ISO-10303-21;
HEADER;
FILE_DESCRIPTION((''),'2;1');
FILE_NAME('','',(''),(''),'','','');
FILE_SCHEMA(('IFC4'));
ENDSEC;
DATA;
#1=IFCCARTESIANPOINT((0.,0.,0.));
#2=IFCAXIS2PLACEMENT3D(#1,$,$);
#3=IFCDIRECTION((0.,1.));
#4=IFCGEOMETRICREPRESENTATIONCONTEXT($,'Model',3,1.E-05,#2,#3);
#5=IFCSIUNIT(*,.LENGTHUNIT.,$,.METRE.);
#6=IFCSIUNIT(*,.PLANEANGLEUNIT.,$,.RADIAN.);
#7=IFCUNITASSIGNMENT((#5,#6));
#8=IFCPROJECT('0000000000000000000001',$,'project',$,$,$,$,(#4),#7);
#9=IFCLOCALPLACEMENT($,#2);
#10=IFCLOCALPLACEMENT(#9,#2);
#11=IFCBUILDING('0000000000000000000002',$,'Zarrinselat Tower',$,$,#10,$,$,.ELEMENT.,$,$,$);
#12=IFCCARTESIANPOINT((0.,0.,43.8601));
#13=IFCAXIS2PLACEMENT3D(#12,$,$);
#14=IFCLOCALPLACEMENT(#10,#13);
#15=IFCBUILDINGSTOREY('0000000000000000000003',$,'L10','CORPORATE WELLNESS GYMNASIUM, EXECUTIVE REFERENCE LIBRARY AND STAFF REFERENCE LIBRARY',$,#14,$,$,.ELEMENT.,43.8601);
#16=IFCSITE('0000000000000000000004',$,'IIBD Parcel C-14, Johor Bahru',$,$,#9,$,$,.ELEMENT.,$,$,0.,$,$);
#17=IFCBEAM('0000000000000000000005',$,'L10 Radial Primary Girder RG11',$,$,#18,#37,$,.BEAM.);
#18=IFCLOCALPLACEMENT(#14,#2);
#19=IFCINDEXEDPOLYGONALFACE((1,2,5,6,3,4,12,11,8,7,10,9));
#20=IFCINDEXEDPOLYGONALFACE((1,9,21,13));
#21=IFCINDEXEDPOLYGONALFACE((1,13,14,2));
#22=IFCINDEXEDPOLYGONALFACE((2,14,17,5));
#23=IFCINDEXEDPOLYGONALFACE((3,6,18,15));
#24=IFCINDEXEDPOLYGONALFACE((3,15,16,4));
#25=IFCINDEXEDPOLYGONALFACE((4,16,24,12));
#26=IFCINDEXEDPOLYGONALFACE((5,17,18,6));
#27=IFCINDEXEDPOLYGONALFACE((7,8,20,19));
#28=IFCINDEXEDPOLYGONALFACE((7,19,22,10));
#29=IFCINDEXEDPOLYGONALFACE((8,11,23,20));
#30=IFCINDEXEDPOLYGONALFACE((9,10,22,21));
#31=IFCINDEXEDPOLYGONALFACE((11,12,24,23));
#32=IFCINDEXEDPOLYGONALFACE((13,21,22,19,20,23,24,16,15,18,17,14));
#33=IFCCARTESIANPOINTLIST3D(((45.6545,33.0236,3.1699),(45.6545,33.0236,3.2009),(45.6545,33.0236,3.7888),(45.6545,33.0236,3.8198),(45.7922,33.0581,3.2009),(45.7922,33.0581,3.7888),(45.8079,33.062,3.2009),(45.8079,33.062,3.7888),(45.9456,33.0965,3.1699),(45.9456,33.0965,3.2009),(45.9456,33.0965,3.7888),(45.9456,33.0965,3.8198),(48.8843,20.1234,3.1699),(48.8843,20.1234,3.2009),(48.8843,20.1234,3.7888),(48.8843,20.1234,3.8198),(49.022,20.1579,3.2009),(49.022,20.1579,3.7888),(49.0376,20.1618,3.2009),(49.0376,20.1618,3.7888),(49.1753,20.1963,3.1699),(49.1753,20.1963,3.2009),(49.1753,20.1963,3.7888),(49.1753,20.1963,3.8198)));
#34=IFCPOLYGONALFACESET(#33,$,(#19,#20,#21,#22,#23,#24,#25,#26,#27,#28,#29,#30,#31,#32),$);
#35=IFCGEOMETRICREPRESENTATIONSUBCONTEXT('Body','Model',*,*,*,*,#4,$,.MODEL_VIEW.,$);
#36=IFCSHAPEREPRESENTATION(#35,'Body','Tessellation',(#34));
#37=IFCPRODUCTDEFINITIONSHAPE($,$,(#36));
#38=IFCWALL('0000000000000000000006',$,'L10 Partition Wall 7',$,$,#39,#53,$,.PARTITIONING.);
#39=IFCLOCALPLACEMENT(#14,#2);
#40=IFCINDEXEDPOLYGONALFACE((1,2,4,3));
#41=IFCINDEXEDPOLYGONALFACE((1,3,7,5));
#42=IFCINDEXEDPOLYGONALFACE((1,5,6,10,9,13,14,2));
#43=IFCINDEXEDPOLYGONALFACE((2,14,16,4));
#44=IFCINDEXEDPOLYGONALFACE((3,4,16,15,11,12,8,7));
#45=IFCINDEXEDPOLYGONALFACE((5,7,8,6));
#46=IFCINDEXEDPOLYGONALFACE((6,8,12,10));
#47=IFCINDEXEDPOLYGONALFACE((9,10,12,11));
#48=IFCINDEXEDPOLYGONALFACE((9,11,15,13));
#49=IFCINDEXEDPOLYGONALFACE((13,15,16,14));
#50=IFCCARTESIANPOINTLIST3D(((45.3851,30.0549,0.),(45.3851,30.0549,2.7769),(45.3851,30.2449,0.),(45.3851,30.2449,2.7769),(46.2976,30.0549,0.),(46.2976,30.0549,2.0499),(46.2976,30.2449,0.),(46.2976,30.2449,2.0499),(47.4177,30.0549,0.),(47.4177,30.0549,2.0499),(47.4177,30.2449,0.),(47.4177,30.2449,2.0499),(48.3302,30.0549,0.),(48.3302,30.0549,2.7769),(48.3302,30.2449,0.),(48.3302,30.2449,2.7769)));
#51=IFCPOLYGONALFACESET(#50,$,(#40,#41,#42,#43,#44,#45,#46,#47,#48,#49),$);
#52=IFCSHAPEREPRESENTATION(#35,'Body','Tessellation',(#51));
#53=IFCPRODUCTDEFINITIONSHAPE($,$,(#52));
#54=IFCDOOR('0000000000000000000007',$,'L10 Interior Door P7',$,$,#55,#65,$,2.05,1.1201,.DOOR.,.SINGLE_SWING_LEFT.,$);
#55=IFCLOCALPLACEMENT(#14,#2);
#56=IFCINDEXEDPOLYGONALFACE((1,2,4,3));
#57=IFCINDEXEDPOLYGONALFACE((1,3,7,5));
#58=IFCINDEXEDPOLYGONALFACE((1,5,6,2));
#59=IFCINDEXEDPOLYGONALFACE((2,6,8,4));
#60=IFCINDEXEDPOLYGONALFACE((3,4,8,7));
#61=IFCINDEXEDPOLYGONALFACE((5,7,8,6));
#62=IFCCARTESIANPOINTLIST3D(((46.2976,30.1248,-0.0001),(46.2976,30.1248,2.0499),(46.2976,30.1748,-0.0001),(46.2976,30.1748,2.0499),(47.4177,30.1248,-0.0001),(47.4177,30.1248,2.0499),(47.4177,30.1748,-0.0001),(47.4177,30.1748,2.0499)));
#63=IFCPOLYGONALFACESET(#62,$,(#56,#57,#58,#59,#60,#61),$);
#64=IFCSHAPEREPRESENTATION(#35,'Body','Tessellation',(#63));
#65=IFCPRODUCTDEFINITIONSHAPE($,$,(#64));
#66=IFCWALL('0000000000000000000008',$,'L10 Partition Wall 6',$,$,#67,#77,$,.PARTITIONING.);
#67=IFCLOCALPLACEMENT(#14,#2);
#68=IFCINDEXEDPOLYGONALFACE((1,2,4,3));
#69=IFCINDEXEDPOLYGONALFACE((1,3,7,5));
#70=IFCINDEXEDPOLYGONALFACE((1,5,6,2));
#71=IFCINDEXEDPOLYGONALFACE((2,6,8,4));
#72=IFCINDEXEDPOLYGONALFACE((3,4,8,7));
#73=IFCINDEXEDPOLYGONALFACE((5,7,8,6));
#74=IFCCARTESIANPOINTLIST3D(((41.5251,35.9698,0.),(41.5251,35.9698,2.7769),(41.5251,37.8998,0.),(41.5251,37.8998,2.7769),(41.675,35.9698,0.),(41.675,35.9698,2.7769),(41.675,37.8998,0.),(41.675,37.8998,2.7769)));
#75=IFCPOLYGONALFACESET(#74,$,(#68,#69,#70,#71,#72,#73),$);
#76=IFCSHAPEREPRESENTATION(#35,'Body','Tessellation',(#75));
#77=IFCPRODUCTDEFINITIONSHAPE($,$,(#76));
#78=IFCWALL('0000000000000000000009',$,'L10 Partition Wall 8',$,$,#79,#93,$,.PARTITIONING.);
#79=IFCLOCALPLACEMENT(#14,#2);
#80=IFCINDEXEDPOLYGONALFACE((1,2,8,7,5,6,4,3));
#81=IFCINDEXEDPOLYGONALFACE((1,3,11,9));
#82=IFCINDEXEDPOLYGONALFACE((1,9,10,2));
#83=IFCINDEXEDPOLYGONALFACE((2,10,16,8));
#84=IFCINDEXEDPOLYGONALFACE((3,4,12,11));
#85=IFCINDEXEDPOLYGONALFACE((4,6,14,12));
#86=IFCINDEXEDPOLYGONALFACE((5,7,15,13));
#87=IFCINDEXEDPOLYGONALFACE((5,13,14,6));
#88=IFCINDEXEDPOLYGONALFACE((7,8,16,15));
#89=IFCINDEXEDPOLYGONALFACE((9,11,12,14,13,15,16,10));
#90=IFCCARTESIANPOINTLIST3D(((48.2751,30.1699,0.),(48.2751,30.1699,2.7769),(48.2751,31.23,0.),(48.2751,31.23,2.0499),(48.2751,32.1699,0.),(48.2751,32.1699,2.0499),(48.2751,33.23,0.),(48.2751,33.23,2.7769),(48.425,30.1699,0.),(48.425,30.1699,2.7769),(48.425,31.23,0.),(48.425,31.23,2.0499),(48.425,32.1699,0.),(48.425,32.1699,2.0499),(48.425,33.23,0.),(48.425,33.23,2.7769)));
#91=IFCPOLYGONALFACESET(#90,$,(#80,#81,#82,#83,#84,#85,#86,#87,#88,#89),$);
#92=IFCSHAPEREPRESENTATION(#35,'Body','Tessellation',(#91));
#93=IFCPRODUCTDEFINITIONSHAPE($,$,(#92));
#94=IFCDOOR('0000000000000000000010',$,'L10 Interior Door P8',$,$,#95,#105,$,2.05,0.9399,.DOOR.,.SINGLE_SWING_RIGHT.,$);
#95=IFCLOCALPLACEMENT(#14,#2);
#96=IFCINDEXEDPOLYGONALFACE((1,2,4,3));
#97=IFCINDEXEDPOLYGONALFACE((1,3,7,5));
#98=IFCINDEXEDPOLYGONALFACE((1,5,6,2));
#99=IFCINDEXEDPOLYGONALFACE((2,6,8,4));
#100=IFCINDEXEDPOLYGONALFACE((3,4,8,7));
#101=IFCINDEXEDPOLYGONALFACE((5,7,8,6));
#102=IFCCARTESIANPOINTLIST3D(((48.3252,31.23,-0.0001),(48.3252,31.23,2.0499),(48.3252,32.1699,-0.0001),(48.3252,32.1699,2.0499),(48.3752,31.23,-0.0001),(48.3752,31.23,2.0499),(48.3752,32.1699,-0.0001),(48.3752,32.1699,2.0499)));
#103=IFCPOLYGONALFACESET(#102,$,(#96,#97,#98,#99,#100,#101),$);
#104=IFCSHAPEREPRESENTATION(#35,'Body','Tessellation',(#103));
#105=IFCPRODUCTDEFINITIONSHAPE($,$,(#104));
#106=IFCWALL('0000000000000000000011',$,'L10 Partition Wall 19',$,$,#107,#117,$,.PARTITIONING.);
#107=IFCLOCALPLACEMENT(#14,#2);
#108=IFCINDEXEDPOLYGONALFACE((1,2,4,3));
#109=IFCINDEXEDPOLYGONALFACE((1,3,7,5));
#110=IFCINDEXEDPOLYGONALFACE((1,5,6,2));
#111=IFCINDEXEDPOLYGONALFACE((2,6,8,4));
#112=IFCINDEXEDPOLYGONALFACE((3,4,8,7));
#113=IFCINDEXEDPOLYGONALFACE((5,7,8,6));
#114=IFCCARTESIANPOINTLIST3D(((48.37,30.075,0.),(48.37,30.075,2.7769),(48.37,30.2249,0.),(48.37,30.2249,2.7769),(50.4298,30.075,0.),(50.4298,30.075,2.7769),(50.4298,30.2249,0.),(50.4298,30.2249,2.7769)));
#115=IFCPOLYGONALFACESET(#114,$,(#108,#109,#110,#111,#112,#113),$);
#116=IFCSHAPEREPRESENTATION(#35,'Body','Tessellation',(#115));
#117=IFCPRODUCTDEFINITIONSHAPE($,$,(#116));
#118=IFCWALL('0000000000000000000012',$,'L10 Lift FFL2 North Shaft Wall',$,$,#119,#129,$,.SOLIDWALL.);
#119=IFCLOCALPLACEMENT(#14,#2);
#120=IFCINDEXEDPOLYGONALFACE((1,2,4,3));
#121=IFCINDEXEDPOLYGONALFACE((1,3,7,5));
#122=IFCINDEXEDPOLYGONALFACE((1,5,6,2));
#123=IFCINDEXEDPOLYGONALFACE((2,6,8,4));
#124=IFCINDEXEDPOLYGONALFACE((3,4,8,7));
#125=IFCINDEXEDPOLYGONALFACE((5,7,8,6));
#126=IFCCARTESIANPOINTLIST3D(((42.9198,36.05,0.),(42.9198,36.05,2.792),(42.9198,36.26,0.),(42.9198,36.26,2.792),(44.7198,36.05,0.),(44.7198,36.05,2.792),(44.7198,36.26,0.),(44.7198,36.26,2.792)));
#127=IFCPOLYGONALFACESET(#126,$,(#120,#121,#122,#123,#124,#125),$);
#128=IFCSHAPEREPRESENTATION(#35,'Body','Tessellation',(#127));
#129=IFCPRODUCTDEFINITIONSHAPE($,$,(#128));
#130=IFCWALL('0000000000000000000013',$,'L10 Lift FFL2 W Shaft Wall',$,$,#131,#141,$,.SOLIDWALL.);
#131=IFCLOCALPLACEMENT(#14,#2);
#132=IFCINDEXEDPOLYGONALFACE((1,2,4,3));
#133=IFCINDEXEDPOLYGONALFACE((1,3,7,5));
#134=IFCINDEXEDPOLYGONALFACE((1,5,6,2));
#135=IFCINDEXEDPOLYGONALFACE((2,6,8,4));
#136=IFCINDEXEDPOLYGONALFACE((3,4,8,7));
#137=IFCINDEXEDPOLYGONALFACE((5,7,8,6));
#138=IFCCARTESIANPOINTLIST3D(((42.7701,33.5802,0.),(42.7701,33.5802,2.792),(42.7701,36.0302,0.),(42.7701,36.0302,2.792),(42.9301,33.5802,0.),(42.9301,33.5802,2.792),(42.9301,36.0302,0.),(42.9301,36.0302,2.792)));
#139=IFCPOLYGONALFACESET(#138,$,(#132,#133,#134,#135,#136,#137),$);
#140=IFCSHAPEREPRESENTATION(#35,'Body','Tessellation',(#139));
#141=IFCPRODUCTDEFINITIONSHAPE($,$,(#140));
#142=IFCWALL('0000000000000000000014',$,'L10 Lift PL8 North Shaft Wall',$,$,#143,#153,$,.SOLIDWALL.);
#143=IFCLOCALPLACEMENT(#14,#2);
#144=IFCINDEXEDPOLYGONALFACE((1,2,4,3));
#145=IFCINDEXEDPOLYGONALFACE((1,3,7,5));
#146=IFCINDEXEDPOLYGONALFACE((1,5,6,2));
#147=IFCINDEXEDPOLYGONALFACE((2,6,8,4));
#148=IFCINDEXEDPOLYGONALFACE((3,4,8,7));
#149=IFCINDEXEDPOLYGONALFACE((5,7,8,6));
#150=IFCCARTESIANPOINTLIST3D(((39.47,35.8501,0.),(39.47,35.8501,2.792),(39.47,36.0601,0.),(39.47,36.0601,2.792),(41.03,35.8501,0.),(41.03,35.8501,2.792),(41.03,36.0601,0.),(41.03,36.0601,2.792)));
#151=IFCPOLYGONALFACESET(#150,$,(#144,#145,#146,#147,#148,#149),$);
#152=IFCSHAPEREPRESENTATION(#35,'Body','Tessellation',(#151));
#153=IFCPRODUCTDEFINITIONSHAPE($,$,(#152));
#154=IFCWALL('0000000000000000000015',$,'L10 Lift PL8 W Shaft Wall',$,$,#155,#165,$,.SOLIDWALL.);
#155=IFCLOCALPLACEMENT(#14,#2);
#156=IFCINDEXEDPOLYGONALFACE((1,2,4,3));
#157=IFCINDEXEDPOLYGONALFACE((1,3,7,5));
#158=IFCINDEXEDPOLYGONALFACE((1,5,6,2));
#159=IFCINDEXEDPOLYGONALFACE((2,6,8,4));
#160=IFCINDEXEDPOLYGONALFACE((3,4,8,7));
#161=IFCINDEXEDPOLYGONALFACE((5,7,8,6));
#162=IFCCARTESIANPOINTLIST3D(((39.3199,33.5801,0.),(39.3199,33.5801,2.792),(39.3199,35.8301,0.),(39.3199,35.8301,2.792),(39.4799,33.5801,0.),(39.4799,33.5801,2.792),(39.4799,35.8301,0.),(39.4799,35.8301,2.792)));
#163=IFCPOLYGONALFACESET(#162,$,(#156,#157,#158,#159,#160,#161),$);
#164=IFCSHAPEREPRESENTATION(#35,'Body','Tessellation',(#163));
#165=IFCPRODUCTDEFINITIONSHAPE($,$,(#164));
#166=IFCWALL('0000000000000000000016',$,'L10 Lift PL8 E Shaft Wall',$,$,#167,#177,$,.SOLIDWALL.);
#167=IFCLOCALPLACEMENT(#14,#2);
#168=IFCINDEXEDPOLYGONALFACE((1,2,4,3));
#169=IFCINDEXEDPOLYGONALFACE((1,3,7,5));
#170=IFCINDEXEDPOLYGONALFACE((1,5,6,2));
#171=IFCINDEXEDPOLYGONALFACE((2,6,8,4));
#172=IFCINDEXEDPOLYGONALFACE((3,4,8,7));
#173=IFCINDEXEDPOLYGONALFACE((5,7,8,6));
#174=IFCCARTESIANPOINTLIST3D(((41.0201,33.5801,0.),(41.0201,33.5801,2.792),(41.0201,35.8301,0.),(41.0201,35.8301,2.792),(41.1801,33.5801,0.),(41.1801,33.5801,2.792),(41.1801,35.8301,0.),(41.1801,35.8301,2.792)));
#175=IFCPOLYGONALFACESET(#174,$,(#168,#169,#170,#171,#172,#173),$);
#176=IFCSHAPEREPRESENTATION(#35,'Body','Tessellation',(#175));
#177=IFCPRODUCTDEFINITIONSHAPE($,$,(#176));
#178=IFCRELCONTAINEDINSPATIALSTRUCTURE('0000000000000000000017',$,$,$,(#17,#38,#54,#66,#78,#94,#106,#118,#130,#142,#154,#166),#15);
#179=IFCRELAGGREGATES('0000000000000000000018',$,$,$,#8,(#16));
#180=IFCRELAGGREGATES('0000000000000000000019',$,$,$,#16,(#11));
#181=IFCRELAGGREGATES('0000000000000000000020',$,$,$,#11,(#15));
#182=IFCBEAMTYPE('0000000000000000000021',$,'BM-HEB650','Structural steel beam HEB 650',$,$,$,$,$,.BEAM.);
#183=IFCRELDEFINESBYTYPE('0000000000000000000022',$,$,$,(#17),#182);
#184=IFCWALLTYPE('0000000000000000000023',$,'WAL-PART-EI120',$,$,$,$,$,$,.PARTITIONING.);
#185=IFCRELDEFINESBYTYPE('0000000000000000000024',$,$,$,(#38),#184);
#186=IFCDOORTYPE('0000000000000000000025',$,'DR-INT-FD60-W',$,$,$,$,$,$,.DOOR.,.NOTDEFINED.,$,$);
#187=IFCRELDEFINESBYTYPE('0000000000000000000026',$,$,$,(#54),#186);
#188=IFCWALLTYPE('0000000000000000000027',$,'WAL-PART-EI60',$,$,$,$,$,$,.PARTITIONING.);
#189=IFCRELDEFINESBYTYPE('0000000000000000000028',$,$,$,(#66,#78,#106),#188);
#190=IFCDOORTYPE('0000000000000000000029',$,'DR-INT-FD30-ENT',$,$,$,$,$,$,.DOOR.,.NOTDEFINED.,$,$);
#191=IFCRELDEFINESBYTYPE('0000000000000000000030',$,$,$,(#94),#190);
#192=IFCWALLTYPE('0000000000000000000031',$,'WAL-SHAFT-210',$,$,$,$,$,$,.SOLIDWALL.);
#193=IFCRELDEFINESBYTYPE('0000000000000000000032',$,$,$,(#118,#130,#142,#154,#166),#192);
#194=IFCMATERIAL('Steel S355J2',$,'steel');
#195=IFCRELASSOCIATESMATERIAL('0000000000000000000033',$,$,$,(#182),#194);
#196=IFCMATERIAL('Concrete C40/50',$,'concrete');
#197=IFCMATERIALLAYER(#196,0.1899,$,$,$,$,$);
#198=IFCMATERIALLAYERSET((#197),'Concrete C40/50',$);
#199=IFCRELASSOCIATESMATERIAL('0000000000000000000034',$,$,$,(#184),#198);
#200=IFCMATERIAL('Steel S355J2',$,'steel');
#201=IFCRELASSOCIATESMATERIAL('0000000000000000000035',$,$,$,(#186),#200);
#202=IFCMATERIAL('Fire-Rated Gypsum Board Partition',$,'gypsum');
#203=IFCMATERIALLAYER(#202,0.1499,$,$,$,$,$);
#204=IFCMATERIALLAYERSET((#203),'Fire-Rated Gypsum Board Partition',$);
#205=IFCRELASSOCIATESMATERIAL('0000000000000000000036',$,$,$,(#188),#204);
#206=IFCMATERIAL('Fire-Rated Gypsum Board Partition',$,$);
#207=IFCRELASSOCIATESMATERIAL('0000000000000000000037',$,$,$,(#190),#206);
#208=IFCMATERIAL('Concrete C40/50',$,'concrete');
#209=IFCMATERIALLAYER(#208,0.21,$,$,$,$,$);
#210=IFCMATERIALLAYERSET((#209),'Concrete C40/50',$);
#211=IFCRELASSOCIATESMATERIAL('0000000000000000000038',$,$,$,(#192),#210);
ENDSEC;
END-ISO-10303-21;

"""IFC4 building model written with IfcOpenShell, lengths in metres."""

from ifc_helpers import new_model, si_unit, direction, frame, frame_2d, origin, origin_2d, place, context, subcontext, project, spatial, rectangle, i_section, extrude, material, layer, layer_set, material_profile, profile_set, type_object, element, fill, save


model = new_model("IFC4")

# Units and contexts
model_context = context("Model", 3, precision=1e-05, world=origin(), true_north=direction((0.0, 1.0)))
body_context = subcontext(model_context, "Body", "Model", "MODEL_VIEW")
ifc_project = project(units=[si_unit("LENGTHUNIT", "METRE"), si_unit("PLANEANGLEUNIT", "RADIAN")], contexts=[model_context])

# Site, building, storey
site_placement = place(None, origin())
site = spatial("IfcSite", under=ifc_project, at=site_placement, Name="IIBD Parcel C-14, Johor Bahru", CompositionType="ELEMENT", RefElevation=0.0)
building_placement = place(site_placement, origin())
building = spatial("IfcBuilding", under=site, at=building_placement, Name="Zarrinselat Tower", CompositionType="ELEMENT")
storey_placement = place(building_placement, frame((0.0, 0.0, 43.8601)))
storey = spatial("IfcBuildingStorey", under=building, at=storey_placement, Name="L10", Description="CORPORATE WELLNESS GYMNASIUM, EXECUTIVE REFERENCE LIBRARY AND STAFF REFERENCE LIBRARY", CompositionType="ELEMENT", Elevation=43.8601)

# Beam
ifc_material_1 = material(Name="Steel S355J2", Category="steel")
ifc_material_profile = material_profile(ifc_material_1, i_section(OverallWidth=0.3, OverallDepth=0.6499, WebThickness=0.0161, FlangeThickness=0.031, at=origin_2d()), Name="HEB 650")
ifc_profile_set = profile_set([ifc_material_profile], Name="Steel S355J2")
beam_type = type_object("IfcBeamType", Name="BM-HEB650", Description="Structural steel beam HEB 650", PredefinedType="BEAM", material=ifc_profile_set)
beam_placement = place(storey_placement, frame((45.8, 33.0601, 3.4949), z_axis=(0.242868, -0.970059, 0.0), x_axis=(0.970059, 0.242868, 0.0)))
element("IfcBeam", 1, at=beam_placement, inside=storey, type_object=beam_type, Name="L10 Radial Primary Girder RG11", PredefinedType="BEAM", context=body_context, shape_type="SweptSolid", body=[
    extrude(i_section(OverallWidth=0.3, OverallDepth=0.6499, WebThickness=0.0161, FlangeThickness=0.031, at=origin_2d()), origin(), (0.0, 0.0, 1.0), 13.2983),
])

# Wall, opening, door
ifc_material_2 = material(Name="Concrete C40/50", Category="concrete")
ifc_layer_1 = layer(ifc_material_2, 0.1899)
ifc_layer_set_1 = layer_set([ifc_layer_1], Name="Concrete C40/50")
wall_type_1 = type_object("IfcWallType", Name="WAL-PART-EI120", PredefinedType="PARTITIONING", material=ifc_layer_set_1)
wall_1_placement = place(storey_placement, frame((45.385, 30.1499, 0.0), z_axis=(0.0, 0.0, 1.0), x_axis=(1.0, 0.0, 0.0)))
wall_1 = element("IfcWall", 2, at=wall_1_placement, inside=storey, type_object=wall_type_1, Name="L10 Partition Wall 7", PredefinedType="PARTITIONING", context=body_context, shape_type="SweptSolid", body=[
    extrude(rectangle(XDim=2.9451, YDim=0.1899, at=frame_2d((1.4727, 0.0))), origin(), (0.0, 0.0, 1.0), 2.7769),
])
opening_1_placement = place(wall_1_placement, frame((0.9126, 0.0, 0.0)))
opening_1 = element("IfcOpeningElement", 3, at=opening_1_placement, cuts=wall_1, PredefinedType="OPENING", context=body_context, shape_type="SweptSolid", body=[
    extrude(rectangle(XDim=1.1201, YDim=2.05, at=frame_2d((0.5601, 1.0249))), frame((0.0, 0.105, 0.0), z_axis=(0.0, -1.0, 0.0), x_axis=(1.0, 0.0, 0.0)), (0.0, 0.0, 1.0), 0.21),
])
ifc_material_3 = material(Name="Steel S355J2", Category="steel")
door_type_1 = type_object("IfcDoorType", Name="DR-INT-FD60-W", OperationType="NOTDEFINED", PredefinedType="DOOR", material=ifc_material_3)
door_1_placement = place(opening_1_placement, origin())
door_1 = element("IfcDoor", 4, at=door_1_placement, inside=storey, type_object=door_type_1, Name="L10 Interior Door P7", OperationType="SINGLE_SWING_LEFT", OverallHeight=2.05, OverallWidth=1.1201, PredefinedType="DOOR", context=body_context, shape_type="SweptSolid", body=[
    extrude(rectangle(XDim=1.1201, YDim=2.05, at=frame_2d((0.5601, 1.0249))), frame((0.0, 0.0249, 0.0), z_axis=(0.0, -1.0, 0.0), x_axis=(1.0, 0.0, 0.0)), (0.0, 0.0, 1.0), 0.05),
])
fill(opening_1, door_1)

# Wall
ifc_material_4 = material(Name="Fire-Rated Gypsum Board Partition", Category="gypsum")
ifc_layer_2 = layer(ifc_material_4, 0.1499)
ifc_layer_set_2 = layer_set([ifc_layer_2], Name="Fire-Rated Gypsum Board Partition")
wall_type_2 = type_object("IfcWallType", Name="WAL-PART-EI60", PredefinedType="PARTITIONING", material=ifc_layer_set_2)
wall_2_placement = place(storey_placement, frame((41.6001, 35.97, 0.0), z_axis=(0.0, 0.0, 1.0), x_axis=(0.0, 1.0, 0.0)))
element("IfcWall", 5, at=wall_2_placement, inside=storey, type_object=wall_type_2, Name="L10 Partition Wall 6", PredefinedType="PARTITIONING", context=body_context, shape_type="SweptSolid", body=[
    extrude(rectangle(XDim=1.9299, YDim=0.1499, at=frame_2d((0.9648, 0.0))), origin(), (0.0, 0.0, 1.0), 2.7769),
])

# Wall, opening, door
wall_3_placement = place(storey_placement, frame((48.3501, 30.1699, 0.0), z_axis=(0.0, 0.0, 1.0), x_axis=(0.0, 1.0, 0.0)))
wall_3 = element("IfcWall", 6, at=wall_3_placement, inside=storey, type_object=wall_type_2, Name="L10 Partition Wall 8", PredefinedType="PARTITIONING", context=body_context, shape_type="SweptSolid", body=[
    extrude(rectangle(XDim=3.0601, YDim=0.1499, at=frame_2d((1.53, 0.0))), origin(), (0.0, 0.0, 1.0), 2.7769),
])
opening_2_placement = place(wall_3_placement, frame((1.0601, 0.0, 0.0)))
opening_2 = element("IfcOpeningElement", 7, at=opening_2_placement, cuts=wall_3, PredefinedType="OPENING", context=body_context, shape_type="SweptSolid", body=[
    extrude(rectangle(XDim=0.9399, YDim=2.05, at=frame_2d((0.47, 1.0249))), frame((0.0, 0.085, 0.0), z_axis=(0.0, -1.0, 0.0), x_axis=(1.0, 0.0, 0.0)), (0.0, 0.0, 1.0), 0.1699),
])
ifc_material_5 = material(Name="Fire-Rated Gypsum Board Partition")
door_type_2 = type_object("IfcDoorType", Name="DR-INT-FD30-ENT", OperationType="NOTDEFINED", PredefinedType="DOOR", material=ifc_material_5)
door_2_placement = place(opening_2_placement, origin())
door_2 = element("IfcDoor", 8, at=door_2_placement, inside=storey, type_object=door_type_2, Name="L10 Interior Door P8", OperationType="SINGLE_SWING_RIGHT", OverallHeight=2.05, OverallWidth=0.9399, PredefinedType="DOOR", context=body_context, shape_type="SweptSolid", body=[
    extrude(rectangle(XDim=0.9399, YDim=2.05, at=frame_2d((0.47, 1.0249))), frame((0.0, 0.0249, 0.0), z_axis=(0.0, -1.0, 0.0), x_axis=(1.0, 0.0, 0.0)), (0.0, 0.0, 1.0), 0.05),
])
fill(opening_2, door_2)

# Walls
wall_4_placement = place(storey_placement, frame((48.3701, 30.1499, 0.0), z_axis=(0.0, 0.0, 1.0), x_axis=(1.0, 0.0, 0.0)))
element("IfcWall", 9, at=wall_4_placement, inside=storey, type_object=wall_type_2, Name="L10 Partition Wall 19", PredefinedType="PARTITIONING", context=body_context, shape_type="SweptSolid", body=[
    extrude(rectangle(XDim=2.0598, YDim=0.1499, at=frame_2d((1.0298, 0.0))), origin(), (0.0, 0.0, 1.0), 2.7769),
])
ifc_material_6 = material(Name="Concrete C40/50", Category="concrete")
ifc_layer_3 = layer(ifc_material_6, 0.21)
ifc_layer_set_3 = layer_set([ifc_layer_3], Name="Concrete C40/50")
wall_type_3 = type_object("IfcWallType", Name="WAL-SHAFT-210", PredefinedType="SOLIDWALL", material=ifc_layer_set_3)
wall_5_placement = place(storey_placement, frame((42.9199, 36.155, 0.0), z_axis=(0.0, 0.0, 1.0), x_axis=(1.0, 0.0, 0.0)))
element("IfcWall", 10, at=wall_5_placement, inside=storey, type_object=wall_type_3, Name="L10 Lift FFL2 North Shaft Wall", PredefinedType="SOLIDWALL", context=body_context, shape_type="SweptSolid", body=[
    extrude(rectangle(XDim=1.8, YDim=0.21, at=frame_2d((0.8999, 0.0))), origin(), (0.0, 0.0, 1.0), 2.792),
])
wall_6_placement = place(storey_placement, frame((42.8501, 33.5801, 0.0), z_axis=(0.0, 0.0, 1.0), x_axis=(0.0, 1.0, 0.0)))
element("IfcWall", 11, at=wall_6_placement, inside=storey, type_object=wall_type_3, Name="L10 Lift FFL2 W Shaft Wall", PredefinedType="SOLIDWALL", context=body_context, shape_type="SweptSolid", body=[
    extrude(rectangle(XDim=2.45, YDim=0.1599, at=frame_2d((1.2251, 0.0))), origin(), (0.0, 0.0, 1.0), 2.792),
])
wall_7_placement = place(storey_placement, frame((39.47, 35.9551, 0.0), z_axis=(0.0, 0.0, 1.0), x_axis=(1.0, 0.0, 0.0)))
element("IfcWall", 12, at=wall_7_placement, inside=storey, type_object=wall_type_3, Name="L10 Lift PL8 North Shaft Wall", PredefinedType="SOLIDWALL", context=body_context, shape_type="SweptSolid", body=[
    extrude(rectangle(XDim=1.5601, YDim=0.21, at=frame_2d((0.78, 0.0))), origin(), (0.0, 0.0, 1.0), 2.792),
])
for number, where, z_axis, x_axis, name in (
    (13, (39.3999, 33.5801, 0.0), (0.0, 0.0, 1.0), (0.0, 1.0, 0.0), "L10 Lift PL8 W Shaft Wall"),
    (14, (41.1001, 33.5801, 0.0), (0.0, 0.0, 1.0), (0.0, 1.0, 0.0), "L10 Lift PL8 E Shaft Wall"),
):
    element("IfcWall", number, at=place(storey_placement, frame(where, z_axis=z_axis, x_axis=x_axis)), inside=storey, type_object=wall_type_3, Name=name, PredefinedType="SOLIDWALL", context=body_context, shape_type="SweptSolid", body=[
        extrude(rectangle(XDim=2.25, YDim=0.1599, at=frame_2d((1.125, 0.0))), origin(), (0.0, 0.0, 1.0), 2.792),
    ])

save(model, "model.ifc")
